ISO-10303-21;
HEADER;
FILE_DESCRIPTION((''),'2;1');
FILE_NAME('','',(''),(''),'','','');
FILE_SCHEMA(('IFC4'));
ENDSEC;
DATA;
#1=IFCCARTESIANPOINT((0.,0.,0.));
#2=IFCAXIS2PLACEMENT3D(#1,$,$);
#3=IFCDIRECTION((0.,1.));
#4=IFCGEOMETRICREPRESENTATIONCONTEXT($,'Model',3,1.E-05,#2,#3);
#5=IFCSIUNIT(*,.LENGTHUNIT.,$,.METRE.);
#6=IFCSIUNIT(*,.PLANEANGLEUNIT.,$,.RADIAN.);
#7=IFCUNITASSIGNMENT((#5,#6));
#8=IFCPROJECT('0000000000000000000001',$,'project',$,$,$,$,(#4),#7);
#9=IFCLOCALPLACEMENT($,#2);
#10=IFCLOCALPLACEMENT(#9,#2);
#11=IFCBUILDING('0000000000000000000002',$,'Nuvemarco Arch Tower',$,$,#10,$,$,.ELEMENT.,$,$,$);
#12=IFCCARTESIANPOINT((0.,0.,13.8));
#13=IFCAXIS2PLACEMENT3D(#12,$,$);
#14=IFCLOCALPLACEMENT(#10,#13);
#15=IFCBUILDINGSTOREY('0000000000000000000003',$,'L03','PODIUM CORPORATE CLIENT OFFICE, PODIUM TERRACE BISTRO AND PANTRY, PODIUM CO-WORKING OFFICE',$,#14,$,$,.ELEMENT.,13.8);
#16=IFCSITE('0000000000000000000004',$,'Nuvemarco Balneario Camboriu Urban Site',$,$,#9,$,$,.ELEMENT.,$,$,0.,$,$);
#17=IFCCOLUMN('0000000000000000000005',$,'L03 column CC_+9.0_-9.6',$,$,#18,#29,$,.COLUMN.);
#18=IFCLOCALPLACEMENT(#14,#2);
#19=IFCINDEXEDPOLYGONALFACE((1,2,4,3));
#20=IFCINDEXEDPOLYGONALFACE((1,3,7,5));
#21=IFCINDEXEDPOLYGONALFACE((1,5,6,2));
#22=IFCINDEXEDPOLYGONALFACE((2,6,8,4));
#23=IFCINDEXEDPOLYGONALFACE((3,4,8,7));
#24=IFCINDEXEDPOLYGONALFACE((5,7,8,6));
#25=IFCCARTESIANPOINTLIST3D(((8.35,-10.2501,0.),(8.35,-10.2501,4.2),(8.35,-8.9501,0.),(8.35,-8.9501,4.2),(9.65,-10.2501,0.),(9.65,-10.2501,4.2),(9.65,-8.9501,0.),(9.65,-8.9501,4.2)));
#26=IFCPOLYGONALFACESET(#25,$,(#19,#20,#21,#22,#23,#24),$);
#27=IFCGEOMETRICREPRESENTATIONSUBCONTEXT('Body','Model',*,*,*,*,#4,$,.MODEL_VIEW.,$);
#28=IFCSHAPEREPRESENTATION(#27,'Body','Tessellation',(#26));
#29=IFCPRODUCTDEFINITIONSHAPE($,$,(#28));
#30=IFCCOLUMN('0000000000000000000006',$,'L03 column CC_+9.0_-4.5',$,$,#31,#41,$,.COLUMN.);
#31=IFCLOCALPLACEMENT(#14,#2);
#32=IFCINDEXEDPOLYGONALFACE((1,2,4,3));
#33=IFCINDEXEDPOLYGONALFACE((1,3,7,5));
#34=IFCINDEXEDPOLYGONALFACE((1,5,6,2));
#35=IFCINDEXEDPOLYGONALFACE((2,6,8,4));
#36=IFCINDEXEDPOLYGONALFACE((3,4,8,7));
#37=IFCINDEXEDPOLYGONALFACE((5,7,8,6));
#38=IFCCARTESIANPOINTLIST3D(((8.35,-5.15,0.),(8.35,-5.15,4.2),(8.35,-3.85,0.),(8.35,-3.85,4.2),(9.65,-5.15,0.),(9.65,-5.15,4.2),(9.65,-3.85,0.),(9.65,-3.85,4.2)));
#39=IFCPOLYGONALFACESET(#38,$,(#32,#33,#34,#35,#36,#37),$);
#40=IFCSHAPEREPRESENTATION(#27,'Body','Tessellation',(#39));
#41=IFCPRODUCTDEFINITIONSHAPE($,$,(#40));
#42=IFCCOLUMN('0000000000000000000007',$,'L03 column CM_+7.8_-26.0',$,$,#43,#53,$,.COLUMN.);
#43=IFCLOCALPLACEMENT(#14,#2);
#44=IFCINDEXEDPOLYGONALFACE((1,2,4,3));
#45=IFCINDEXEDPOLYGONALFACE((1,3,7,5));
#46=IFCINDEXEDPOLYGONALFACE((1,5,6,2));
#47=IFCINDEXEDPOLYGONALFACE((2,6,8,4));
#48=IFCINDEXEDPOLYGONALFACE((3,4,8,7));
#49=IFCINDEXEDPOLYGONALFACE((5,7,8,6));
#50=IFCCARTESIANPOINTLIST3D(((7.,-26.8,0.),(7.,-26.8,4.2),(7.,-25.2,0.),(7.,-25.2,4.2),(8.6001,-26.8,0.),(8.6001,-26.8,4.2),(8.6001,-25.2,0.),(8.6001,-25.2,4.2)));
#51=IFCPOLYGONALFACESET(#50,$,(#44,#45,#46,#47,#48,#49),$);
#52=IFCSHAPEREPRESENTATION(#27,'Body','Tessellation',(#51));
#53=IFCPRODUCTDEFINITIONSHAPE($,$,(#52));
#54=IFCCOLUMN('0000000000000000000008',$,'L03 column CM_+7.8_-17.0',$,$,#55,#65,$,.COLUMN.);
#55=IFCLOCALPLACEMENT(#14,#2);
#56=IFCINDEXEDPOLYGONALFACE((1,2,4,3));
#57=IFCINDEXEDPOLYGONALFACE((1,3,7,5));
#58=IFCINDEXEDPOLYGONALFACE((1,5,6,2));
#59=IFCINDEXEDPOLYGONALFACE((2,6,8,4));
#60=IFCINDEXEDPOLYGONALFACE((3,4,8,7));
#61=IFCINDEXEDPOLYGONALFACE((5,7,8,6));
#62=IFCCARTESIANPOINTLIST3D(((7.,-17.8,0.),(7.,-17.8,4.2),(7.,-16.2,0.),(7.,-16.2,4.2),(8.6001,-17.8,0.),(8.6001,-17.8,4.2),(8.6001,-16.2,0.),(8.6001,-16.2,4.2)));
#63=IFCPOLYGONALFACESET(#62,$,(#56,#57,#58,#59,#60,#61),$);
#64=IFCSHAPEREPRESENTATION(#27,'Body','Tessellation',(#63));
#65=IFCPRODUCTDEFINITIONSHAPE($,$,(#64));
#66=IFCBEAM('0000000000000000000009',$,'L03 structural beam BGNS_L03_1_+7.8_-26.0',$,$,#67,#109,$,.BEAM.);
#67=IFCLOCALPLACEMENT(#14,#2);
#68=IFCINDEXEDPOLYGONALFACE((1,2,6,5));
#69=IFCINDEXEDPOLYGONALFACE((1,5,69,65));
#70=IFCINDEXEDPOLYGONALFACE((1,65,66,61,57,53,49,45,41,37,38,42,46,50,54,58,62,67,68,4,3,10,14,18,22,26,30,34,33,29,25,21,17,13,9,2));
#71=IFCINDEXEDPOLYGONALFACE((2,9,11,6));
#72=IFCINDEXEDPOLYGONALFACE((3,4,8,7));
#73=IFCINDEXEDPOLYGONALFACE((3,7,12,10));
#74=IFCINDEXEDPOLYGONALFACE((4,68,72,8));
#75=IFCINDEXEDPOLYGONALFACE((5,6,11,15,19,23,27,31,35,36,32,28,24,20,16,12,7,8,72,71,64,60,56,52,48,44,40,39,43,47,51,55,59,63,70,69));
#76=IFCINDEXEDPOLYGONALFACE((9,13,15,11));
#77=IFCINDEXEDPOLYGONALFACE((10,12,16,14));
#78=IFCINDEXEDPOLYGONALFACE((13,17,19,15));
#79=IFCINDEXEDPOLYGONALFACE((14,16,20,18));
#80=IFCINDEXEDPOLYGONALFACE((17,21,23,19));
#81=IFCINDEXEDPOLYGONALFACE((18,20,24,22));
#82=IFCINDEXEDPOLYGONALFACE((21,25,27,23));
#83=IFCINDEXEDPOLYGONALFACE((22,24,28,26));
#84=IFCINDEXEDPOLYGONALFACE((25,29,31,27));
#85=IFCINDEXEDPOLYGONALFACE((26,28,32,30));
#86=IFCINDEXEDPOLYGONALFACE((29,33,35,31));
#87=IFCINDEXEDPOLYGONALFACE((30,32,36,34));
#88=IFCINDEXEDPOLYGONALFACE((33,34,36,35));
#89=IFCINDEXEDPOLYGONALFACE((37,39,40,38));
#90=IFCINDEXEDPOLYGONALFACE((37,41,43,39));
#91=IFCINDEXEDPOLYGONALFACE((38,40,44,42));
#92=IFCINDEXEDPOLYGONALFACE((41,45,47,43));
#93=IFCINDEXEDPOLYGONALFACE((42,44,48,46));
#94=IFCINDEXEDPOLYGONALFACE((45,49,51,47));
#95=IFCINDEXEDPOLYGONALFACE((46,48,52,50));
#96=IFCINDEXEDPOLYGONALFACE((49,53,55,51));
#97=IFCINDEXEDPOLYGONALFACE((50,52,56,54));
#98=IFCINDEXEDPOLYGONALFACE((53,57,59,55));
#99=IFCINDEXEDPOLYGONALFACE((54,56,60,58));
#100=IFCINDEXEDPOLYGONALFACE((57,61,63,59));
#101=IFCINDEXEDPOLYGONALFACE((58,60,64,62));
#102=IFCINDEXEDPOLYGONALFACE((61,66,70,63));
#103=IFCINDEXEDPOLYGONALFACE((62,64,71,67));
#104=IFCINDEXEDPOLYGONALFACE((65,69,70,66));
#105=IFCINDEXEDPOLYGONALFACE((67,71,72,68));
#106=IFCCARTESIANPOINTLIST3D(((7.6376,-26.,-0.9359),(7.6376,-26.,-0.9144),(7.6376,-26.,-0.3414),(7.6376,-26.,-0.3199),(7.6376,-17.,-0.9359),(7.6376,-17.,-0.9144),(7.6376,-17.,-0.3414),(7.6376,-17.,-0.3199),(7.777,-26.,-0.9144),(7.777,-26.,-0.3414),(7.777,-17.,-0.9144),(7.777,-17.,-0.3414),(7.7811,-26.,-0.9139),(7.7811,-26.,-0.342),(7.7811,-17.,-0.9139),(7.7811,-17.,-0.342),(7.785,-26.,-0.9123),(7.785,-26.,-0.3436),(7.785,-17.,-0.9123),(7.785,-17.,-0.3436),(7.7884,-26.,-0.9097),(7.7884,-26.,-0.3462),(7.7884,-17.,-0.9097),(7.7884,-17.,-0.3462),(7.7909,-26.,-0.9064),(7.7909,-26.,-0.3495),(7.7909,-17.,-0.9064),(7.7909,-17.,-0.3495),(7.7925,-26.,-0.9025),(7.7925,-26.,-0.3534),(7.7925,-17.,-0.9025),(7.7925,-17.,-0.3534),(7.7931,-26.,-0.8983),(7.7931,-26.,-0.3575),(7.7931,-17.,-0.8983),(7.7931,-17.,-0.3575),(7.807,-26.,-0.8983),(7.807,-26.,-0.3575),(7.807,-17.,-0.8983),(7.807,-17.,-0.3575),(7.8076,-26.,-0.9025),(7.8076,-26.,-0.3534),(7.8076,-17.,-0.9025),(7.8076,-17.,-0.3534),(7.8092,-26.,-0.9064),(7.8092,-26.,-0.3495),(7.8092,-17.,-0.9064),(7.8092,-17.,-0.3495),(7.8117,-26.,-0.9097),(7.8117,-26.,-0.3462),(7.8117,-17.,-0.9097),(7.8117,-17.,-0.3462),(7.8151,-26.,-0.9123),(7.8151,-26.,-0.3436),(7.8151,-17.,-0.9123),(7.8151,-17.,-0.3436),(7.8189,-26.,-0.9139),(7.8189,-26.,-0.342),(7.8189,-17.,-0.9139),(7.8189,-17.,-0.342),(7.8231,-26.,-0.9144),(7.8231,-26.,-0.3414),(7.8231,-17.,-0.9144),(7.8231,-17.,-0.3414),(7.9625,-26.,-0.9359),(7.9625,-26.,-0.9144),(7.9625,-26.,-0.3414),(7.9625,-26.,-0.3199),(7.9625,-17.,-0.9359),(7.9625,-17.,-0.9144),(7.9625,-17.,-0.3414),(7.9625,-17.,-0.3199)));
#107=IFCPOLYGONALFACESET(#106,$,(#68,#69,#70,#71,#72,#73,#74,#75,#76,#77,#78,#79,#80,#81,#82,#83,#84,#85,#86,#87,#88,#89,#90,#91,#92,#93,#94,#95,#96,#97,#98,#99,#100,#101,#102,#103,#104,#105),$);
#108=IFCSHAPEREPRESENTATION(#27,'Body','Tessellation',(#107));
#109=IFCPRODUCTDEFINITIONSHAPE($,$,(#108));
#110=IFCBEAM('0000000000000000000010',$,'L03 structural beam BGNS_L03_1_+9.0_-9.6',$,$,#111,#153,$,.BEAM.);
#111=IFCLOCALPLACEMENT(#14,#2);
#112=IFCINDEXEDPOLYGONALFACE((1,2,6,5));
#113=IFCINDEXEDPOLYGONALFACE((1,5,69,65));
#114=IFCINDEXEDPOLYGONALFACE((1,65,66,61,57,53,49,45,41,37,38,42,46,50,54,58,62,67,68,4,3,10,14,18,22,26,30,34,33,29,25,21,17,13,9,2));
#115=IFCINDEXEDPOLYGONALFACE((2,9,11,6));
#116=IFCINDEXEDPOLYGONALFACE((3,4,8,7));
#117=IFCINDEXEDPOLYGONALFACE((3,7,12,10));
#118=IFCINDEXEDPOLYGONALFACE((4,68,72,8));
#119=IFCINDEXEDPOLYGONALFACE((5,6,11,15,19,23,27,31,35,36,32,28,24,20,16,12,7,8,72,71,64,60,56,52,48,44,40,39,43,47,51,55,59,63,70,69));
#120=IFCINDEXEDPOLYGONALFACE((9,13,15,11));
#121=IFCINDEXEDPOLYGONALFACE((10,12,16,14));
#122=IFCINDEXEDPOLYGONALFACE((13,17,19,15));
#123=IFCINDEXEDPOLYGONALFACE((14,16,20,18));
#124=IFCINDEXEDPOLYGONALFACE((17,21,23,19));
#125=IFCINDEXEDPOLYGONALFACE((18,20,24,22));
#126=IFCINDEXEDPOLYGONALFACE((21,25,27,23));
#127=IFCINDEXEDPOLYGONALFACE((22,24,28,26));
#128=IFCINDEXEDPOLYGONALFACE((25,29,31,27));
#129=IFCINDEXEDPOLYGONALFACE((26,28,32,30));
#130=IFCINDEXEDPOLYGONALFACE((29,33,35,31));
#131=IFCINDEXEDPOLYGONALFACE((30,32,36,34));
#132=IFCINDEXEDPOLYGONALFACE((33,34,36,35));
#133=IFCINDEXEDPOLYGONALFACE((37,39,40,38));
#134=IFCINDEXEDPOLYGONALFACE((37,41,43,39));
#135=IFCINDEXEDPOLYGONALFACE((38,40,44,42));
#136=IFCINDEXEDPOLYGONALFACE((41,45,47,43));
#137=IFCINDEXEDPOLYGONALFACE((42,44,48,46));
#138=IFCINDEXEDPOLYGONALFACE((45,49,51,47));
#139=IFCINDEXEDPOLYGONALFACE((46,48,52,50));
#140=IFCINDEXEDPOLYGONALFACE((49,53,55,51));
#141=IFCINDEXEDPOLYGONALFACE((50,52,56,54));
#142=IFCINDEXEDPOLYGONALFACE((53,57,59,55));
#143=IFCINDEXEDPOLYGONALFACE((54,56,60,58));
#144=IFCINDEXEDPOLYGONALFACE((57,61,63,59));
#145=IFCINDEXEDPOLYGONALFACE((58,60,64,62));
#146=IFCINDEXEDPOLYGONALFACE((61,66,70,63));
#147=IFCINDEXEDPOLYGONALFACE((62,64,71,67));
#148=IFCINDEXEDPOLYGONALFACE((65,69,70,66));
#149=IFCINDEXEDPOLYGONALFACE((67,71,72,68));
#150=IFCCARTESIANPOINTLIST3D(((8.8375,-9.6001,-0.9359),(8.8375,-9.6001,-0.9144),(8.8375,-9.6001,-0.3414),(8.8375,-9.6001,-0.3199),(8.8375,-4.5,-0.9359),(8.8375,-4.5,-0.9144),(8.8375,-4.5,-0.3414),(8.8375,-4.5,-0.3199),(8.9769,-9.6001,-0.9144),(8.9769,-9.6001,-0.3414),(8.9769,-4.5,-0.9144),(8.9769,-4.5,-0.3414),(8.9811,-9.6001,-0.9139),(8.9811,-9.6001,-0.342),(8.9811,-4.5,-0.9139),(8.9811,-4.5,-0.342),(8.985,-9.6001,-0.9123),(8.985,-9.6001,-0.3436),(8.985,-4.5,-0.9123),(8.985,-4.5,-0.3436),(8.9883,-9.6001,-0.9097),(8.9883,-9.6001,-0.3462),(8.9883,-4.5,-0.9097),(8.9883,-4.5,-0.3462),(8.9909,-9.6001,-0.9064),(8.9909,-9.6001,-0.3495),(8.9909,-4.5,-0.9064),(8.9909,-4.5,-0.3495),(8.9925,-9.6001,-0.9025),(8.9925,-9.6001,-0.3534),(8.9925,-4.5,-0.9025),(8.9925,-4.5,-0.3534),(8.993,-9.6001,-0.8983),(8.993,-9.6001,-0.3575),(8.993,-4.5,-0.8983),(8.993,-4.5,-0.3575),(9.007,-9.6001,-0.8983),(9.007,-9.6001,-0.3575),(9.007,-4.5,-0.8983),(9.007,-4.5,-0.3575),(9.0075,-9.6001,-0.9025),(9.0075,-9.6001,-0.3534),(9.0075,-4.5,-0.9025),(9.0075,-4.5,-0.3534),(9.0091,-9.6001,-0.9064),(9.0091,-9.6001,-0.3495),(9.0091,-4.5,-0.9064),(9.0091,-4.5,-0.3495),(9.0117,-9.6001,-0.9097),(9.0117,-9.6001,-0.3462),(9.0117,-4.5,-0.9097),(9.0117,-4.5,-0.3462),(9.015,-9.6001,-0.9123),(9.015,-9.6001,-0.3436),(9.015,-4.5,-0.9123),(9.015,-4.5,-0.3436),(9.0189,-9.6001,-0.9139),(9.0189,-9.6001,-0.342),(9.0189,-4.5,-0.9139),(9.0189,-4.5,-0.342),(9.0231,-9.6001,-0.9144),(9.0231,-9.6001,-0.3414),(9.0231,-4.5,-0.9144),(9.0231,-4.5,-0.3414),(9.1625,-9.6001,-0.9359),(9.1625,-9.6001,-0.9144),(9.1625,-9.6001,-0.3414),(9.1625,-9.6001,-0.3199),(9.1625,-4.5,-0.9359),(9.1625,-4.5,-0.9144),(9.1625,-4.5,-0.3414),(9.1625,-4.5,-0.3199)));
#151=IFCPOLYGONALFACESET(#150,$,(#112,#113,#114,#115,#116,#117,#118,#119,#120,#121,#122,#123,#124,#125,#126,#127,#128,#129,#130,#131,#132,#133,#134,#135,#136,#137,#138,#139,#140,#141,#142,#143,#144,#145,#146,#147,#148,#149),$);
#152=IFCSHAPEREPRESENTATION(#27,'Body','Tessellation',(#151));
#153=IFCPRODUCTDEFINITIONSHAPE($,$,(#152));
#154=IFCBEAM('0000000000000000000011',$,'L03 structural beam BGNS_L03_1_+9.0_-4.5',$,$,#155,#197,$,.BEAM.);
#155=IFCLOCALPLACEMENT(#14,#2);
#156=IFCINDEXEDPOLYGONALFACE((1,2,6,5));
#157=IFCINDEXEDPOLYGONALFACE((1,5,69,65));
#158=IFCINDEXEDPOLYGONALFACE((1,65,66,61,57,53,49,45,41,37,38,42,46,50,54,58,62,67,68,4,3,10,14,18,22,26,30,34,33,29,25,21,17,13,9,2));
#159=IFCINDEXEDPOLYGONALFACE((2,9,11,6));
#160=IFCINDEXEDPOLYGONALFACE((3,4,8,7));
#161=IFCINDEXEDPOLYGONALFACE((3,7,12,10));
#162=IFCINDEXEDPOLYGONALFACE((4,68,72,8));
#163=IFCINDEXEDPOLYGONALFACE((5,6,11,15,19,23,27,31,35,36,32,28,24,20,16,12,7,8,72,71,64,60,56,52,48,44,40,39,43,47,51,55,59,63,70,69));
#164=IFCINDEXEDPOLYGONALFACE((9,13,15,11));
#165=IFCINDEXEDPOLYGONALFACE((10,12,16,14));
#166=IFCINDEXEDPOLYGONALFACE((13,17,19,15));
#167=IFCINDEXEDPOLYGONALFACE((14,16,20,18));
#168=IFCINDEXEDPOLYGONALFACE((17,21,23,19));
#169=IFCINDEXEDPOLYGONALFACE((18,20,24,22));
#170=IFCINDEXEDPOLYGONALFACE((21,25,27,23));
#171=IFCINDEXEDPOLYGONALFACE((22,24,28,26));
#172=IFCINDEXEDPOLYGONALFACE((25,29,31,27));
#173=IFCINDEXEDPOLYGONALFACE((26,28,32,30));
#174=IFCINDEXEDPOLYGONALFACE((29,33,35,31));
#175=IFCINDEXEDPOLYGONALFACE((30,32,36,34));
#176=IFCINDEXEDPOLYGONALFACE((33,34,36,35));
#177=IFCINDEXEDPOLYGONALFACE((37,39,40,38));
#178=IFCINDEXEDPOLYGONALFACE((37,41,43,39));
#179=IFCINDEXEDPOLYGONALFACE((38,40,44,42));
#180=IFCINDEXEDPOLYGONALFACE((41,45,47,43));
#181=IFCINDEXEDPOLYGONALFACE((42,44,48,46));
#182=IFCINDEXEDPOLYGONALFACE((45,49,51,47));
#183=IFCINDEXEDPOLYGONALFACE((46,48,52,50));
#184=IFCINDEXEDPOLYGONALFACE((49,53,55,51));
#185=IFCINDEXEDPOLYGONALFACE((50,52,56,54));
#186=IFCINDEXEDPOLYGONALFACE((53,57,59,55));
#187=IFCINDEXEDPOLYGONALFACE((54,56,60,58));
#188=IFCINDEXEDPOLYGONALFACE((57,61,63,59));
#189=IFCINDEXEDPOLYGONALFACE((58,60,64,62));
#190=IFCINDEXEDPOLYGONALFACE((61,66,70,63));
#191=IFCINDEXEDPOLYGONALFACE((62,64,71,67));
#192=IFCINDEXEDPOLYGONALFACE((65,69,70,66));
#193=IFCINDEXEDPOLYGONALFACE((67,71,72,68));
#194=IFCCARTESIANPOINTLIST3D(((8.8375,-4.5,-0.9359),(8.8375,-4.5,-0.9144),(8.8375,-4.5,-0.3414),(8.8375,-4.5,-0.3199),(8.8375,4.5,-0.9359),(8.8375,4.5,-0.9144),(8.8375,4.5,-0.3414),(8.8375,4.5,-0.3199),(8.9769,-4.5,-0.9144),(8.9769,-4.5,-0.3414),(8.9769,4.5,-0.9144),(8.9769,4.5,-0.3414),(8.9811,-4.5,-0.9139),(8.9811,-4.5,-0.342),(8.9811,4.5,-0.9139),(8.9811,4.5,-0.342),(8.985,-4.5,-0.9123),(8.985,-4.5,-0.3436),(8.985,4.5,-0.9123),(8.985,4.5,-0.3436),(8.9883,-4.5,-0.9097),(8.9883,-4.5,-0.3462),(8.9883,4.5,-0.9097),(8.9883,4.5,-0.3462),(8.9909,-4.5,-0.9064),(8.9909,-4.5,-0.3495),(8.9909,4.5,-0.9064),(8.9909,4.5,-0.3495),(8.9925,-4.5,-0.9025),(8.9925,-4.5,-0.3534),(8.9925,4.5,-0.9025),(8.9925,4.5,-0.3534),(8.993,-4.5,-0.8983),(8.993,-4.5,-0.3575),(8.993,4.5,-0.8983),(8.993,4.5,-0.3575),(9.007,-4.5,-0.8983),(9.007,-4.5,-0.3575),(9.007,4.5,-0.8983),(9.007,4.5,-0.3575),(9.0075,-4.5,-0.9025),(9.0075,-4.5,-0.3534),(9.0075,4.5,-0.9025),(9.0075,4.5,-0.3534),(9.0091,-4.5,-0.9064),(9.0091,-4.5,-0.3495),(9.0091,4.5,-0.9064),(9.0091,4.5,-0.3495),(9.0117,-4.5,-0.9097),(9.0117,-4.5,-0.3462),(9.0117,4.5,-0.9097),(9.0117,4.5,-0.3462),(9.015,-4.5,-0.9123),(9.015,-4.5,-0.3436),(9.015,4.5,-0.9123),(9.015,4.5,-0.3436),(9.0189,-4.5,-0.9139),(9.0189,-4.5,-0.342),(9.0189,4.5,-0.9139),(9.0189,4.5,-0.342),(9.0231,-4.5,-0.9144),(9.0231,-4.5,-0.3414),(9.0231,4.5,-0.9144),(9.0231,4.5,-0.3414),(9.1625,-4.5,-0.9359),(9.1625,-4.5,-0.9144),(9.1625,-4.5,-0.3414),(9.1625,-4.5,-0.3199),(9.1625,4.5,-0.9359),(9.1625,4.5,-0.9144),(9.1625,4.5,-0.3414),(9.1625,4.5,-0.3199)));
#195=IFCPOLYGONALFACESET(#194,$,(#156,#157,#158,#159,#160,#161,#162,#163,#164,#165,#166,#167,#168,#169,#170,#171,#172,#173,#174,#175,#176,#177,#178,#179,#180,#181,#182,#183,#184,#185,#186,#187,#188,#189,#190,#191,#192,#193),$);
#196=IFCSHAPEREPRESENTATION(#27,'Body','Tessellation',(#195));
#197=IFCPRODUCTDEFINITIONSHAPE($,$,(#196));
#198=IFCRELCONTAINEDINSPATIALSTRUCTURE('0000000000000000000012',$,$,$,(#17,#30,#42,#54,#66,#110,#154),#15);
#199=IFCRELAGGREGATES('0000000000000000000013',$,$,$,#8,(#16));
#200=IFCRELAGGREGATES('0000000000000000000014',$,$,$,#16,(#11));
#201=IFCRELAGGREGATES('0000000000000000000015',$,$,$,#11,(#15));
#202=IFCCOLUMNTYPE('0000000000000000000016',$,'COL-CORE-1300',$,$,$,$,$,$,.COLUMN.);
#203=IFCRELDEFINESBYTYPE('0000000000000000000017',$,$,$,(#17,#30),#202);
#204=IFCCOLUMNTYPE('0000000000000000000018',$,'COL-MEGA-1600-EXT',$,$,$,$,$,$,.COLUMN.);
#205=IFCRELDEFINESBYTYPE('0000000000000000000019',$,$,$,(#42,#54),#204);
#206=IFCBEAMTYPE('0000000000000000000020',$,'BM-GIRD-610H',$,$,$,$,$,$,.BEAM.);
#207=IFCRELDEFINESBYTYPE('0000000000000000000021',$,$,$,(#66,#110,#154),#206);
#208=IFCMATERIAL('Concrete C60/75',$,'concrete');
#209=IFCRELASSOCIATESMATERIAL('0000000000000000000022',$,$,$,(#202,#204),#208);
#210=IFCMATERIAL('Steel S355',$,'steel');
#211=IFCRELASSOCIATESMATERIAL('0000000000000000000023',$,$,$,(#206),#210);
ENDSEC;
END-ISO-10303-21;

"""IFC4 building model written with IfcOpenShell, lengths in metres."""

from ifc_helpers import new_model, si_unit, direction, frame, origin, origin_2d, place, context, subcontext, project, spatial, rectangle, i_section, extrude, material, material_profile, profile_set, type_object, element, save


model = new_model("IFC4")

# Units and contexts
model_context = context("Model", 3, precision=1e-05, world=origin(), true_north=direction((0.0, 1.0)))
body_context = subcontext(model_context, "Body", "Model", "MODEL_VIEW")
ifc_project = project(units=[si_unit("LENGTHUNIT", "METRE"), si_unit("PLANEANGLEUNIT", "RADIAN")], contexts=[model_context])

# Site, building, storey
site_placement = place(None, origin())
site = spatial("IfcSite", under=ifc_project, at=site_placement, Name="Nuvemarco Balneario Camboriu Urban Site", CompositionType="ELEMENT", RefElevation=0.0)
building_placement = place(site_placement, origin())
building = spatial("IfcBuilding", under=site, at=building_placement, Name="Nuvemarco Arch Tower", CompositionType="ELEMENT")
storey_placement = place(building_placement, frame((0.0, 0.0, 13.8)))
storey = spatial("IfcBuildingStorey", under=building, at=storey_placement, Name="L03", Description="PODIUM CORPORATE CLIENT OFFICE, PODIUM TERRACE BISTRO AND PANTRY, PODIUM CO-WORKING OFFICE", CompositionType="ELEMENT", Elevation=13.8)

# Columns
ifc_material_1 = material(Name="Concrete C60/75", Category="concrete")
ifc_material_profile_1 = material_profile(ifc_material_1, rectangle(XDim=1.3, YDim=1.3, at=origin_2d()), Name="RC-COL-1300x1300")
ifc_profile_set_1 = profile_set([ifc_material_profile_1], Name="Concrete C60/75")
column_type_1 = type_object("IfcColumnType", Name="COL-CORE-1300", PredefinedType="COLUMN", material=ifc_profile_set_1)
for number, where, z_axis, x_axis, name in (
    (1, (9.0, -9.6001, 0.0), (0.0, 0.0, 1.0), (1.0, 0.0, 0.0), "L03 column CC_+9.0_-9.6"),
    (2, (9.0, -4.5, 0.0), (0.0, 0.0, 1.0), (1.0, 0.0, 0.0), "L03 column CC_+9.0_-4.5"),
):
    element("IfcColumn", number, at=place(storey_placement, frame(where, z_axis=z_axis, x_axis=x_axis)), inside=storey, type_object=column_type_1, Name=name, PredefinedType="COLUMN", context=body_context, shape_type="SweptSolid", body=[
        extrude(rectangle(XDim=1.3, YDim=1.3, at=origin_2d()), origin(), (0.0, 0.0, 1.0), 4.2),
    ])
ifc_material_profile_2 = material_profile(ifc_material_1, rectangle(XDim=1.6001, YDim=1.6001, at=origin_2d()), Name="RC-COL-1600x1600")
ifc_profile_set_2 = profile_set([ifc_material_profile_2], Name="Concrete C60/75")
column_type_2 = type_object("IfcColumnType", Name="COL-MEGA-1600-EXT", PredefinedType="COLUMN", material=ifc_profile_set_2)
for number, where, z_axis, x_axis, name in (
    (3, (7.8, -26.0, 0.0), (0.0, 0.0, 1.0), (1.0, 0.0, 0.0), "L03 column CM_+7.8_-26.0"),
    (4, (7.8, -17.0, 0.0), (0.0, 0.0, 1.0), (1.0, 0.0, 0.0), "L03 column CM_+7.8_-17.0"),
):
    element("IfcColumn", number, at=place(storey_placement, frame(where, z_axis=z_axis, x_axis=x_axis)), inside=storey, type_object=column_type_2, Name=name, PredefinedType="COLUMN", context=body_context, shape_type="SweptSolid", body=[
        extrude(rectangle(XDim=1.6001, YDim=1.6001, at=origin_2d()), origin(), (0.0, 0.0, 1.0), 4.2),
    ])

# Beams
ifc_material_2 = material(Name="Steel S355", Category="steel")
ifc_material_profile_3 = material_profile(ifc_material_2, i_section(OverallWidth=0.325, OverallDepth=0.616, WebThickness=0.0139, FlangeThickness=0.0215, FilletRadius=0.0161, at=origin_2d()), Name="W610x174")
ifc_profile_set_3 = profile_set([ifc_material_profile_3], Name="Steel S355")
beam_type_1 = type_object("IfcBeamType", Name="BM-GIRD-610H", PredefinedType="BEAM", material=ifc_profile_set_3)
beam_1_placement = place(storey_placement, frame((7.8, -26.0, -0.6279), z_axis=(0.0, 1.0, 0.0), x_axis=(-1.0, 0.0, 0.0)))
element("IfcBeam", 5, at=beam_1_placement, inside=storey, type_object=beam_type_1, Name="L03 structural beam BGNS_L03_1_+7.8_-26.0", PredefinedType="BEAM", context=body_context, shape_type="SweptSolid", body=[
    extrude(i_section(OverallWidth=0.325, OverallDepth=0.616, WebThickness=0.0139, FlangeThickness=0.0215, FilletRadius=0.0161, at=origin_2d()), origin(), (0.0, 0.0, 1.0), 9.0),
])
beam_2_placement = place(storey_placement, frame((9.0, -9.6001, -0.6279), z_axis=(0.0, 1.0, 0.0), x_axis=(-1.0, 0.0, 0.0)))
element("IfcBeam", 6, at=beam_2_placement, inside=storey, type_object=beam_type_1, Name="L03 structural beam BGNS_L03_1_+9.0_-9.6", PredefinedType="BEAM", context=body_context, shape_type="SweptSolid", body=[
    extrude(i_section(OverallWidth=0.325, OverallDepth=0.616, WebThickness=0.0139, FlangeThickness=0.0215, FilletRadius=0.0161, at=origin_2d()), origin(), (0.0, 0.0, 1.0), 5.1001),
])
beam_3_placement = place(storey_placement, frame((9.0, -4.5, -0.6279), z_axis=(0.0, 1.0, 0.0), x_axis=(-1.0, 0.0, 0.0)))
element("IfcBeam", 7, at=beam_3_placement, inside=storey, type_object=beam_type_1, Name="L03 structural beam BGNS_L03_1_+9.0_-4.5", PredefinedType="BEAM", context=body_context, shape_type="SweptSolid", body=[
    extrude(i_section(OverallWidth=0.325, OverallDepth=0.616, WebThickness=0.0139, FlangeThickness=0.0215, FilletRadius=0.0161, at=origin_2d()), origin(), (0.0, 0.0, 1.0), 9.0),
])

save(model, "model.ifc")
